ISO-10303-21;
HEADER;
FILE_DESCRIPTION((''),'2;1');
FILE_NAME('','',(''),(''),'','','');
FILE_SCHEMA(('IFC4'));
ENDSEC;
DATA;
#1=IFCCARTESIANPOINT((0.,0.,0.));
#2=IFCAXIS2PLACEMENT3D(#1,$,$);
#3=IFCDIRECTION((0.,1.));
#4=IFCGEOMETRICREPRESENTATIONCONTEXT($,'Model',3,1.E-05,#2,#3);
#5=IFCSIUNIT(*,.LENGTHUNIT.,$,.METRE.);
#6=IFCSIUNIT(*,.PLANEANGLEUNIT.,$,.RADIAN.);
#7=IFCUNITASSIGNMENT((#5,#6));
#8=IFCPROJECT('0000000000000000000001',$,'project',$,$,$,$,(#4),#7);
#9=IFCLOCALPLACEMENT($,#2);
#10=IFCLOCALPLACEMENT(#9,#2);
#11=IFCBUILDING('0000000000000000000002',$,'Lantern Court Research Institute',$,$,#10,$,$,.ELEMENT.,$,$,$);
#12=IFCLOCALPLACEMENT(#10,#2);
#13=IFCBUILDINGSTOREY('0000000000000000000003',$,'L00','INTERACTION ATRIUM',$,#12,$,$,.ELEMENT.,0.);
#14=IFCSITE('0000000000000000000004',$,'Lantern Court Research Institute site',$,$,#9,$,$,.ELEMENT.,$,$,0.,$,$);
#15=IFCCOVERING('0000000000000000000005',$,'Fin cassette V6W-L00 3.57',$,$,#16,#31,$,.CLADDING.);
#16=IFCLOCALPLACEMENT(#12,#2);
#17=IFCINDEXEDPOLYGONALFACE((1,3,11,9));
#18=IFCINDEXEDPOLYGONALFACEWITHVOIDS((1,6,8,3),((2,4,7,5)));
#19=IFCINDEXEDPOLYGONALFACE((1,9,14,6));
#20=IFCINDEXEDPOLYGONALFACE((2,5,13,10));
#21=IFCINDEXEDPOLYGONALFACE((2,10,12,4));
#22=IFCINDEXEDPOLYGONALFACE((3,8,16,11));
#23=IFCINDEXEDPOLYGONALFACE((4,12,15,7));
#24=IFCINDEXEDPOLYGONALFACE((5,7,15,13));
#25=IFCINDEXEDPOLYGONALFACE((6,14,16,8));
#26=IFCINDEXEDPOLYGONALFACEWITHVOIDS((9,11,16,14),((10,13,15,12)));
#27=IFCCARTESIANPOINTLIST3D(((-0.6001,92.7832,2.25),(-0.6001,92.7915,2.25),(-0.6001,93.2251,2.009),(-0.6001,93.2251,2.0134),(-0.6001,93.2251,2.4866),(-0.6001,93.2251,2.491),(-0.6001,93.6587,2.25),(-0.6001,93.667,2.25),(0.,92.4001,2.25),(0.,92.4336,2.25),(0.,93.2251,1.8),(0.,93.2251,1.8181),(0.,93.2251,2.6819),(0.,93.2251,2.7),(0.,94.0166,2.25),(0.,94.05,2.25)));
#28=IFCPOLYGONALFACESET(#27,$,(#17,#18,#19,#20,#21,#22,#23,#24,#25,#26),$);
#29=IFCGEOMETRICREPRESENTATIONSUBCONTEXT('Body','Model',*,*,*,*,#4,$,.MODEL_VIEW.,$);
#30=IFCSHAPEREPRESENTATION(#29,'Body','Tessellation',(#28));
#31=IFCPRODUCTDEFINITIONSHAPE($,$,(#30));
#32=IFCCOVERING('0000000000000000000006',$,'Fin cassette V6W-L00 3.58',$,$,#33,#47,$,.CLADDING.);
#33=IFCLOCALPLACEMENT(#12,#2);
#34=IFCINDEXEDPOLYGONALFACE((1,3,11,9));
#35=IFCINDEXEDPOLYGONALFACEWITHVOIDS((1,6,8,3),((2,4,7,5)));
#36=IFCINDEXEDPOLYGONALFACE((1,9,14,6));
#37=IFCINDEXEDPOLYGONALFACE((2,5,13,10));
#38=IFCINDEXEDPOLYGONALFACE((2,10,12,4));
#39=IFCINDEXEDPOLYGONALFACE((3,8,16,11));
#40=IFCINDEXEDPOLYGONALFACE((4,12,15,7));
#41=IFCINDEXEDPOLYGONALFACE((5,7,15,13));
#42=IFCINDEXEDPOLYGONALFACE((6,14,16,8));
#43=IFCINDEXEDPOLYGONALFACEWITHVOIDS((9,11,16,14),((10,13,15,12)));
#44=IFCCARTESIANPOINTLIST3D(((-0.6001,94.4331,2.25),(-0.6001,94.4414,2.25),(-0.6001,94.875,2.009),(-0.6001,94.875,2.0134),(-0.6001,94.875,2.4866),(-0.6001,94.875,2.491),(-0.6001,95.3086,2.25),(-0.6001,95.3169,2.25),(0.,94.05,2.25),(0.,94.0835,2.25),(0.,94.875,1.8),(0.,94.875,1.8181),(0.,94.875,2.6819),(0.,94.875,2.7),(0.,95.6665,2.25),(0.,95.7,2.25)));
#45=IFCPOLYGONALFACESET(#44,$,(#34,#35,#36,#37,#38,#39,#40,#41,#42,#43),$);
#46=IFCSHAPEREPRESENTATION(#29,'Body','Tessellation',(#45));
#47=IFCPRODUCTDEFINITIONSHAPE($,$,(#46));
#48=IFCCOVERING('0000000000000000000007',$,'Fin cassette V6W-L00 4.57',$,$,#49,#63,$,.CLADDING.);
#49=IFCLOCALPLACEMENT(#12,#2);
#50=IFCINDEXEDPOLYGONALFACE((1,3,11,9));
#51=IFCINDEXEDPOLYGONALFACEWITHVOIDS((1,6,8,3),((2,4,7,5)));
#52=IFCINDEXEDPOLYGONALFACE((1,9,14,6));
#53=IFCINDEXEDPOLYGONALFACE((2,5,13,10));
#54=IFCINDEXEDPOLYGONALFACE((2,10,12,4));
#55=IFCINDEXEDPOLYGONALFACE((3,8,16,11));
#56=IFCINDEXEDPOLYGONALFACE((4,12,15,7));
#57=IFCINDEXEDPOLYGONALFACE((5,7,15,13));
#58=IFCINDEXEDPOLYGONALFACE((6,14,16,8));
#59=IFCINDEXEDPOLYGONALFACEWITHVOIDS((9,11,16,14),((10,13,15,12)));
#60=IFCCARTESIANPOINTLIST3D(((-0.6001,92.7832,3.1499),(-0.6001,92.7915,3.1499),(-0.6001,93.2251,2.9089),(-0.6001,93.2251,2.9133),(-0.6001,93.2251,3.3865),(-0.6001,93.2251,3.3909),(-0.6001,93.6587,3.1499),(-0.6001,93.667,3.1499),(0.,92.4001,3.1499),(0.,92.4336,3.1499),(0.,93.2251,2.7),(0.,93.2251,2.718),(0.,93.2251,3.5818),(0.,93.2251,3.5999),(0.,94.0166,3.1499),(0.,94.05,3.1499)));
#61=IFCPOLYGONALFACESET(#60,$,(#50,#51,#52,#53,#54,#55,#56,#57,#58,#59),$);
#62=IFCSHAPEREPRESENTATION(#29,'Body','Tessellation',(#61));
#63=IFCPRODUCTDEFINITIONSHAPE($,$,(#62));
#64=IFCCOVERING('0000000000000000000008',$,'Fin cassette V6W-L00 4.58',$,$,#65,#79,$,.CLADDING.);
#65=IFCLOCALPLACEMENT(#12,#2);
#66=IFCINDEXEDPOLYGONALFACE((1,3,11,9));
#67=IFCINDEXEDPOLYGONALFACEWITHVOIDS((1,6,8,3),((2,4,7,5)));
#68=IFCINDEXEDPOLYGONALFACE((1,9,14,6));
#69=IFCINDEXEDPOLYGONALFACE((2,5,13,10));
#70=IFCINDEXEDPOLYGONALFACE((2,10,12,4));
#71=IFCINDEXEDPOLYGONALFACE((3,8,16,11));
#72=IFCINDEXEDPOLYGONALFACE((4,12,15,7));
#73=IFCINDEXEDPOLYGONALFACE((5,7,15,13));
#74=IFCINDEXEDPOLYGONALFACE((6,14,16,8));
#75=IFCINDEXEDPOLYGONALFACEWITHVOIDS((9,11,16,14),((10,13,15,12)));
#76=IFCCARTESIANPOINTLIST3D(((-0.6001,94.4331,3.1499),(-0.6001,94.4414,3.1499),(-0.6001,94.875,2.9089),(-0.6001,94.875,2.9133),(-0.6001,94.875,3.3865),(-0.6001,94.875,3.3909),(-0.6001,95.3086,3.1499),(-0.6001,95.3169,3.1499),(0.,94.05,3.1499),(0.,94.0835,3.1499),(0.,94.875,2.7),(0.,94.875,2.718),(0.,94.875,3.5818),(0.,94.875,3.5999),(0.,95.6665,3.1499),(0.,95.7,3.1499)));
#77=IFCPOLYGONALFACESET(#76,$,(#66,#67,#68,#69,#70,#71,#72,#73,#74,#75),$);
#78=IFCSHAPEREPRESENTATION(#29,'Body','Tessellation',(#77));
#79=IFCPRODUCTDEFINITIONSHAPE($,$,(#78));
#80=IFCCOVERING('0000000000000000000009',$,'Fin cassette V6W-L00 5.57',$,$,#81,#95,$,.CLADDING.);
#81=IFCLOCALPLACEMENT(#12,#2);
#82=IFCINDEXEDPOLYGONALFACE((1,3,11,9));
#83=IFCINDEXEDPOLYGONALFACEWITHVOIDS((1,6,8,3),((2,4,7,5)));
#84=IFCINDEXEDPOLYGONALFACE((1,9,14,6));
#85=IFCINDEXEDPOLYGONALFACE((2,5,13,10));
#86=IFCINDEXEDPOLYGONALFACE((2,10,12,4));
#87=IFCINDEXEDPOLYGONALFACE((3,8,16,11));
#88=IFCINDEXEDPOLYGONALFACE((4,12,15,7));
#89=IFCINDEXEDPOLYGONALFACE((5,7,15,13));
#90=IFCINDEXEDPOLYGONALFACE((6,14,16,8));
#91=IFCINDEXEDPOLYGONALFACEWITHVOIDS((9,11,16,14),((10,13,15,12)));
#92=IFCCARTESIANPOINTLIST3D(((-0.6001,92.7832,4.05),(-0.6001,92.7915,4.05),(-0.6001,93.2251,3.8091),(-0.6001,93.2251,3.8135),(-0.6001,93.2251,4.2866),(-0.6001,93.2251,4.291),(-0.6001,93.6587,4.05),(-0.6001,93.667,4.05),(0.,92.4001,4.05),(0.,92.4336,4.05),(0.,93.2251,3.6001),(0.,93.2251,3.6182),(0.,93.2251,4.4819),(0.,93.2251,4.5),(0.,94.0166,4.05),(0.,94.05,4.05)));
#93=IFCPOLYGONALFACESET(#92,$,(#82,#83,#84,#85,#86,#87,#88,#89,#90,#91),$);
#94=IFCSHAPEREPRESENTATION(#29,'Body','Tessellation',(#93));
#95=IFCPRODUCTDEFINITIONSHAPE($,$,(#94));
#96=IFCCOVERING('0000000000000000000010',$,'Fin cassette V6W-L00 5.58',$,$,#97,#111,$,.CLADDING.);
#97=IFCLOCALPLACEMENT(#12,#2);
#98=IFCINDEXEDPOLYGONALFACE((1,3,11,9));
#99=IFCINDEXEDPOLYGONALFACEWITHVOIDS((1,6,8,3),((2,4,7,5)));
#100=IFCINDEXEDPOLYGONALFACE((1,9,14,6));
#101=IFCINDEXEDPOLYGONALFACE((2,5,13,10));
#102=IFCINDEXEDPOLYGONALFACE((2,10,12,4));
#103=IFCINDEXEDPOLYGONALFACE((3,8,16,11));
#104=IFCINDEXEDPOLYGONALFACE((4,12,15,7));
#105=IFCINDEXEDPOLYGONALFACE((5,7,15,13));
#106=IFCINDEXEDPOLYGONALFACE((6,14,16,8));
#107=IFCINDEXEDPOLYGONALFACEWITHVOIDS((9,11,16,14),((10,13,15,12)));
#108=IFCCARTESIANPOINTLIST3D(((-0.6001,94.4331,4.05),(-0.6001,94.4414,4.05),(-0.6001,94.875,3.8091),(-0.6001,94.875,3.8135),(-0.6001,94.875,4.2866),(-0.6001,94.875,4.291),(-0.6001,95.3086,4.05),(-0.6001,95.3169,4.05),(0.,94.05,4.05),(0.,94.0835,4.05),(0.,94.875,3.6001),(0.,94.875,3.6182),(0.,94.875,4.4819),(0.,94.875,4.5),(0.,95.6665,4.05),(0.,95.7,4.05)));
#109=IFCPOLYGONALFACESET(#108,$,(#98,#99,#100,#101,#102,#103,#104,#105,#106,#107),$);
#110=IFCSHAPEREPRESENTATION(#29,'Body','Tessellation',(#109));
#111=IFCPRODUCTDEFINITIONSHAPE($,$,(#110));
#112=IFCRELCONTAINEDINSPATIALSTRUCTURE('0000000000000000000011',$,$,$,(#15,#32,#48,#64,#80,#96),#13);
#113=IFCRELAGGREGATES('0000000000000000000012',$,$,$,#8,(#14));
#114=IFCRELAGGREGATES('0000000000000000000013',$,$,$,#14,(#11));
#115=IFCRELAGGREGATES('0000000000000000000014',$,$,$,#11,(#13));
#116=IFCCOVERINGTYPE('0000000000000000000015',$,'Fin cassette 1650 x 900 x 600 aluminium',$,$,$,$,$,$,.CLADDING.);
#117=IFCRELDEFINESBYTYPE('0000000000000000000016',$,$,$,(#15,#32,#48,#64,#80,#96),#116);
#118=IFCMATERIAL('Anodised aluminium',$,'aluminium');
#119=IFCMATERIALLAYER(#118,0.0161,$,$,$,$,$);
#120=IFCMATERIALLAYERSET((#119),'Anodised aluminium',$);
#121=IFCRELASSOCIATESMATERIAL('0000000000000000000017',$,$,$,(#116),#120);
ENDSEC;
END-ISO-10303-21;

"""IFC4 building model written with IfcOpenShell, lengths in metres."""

from ifc_helpers import new_model, entity, si_unit, direction, frame, origin, place, context, subcontext, project, spatial, material, layer, layer_set, type_object, element, save


model = new_model("IFC4")

# Units and contexts
model_context = context("Model", 3, precision=1e-05, world=origin(), true_north=direction((0.0, 1.0)))
body_context = subcontext(model_context, "Body", "Model", "MODEL_VIEW")
ifc_project = project(units=[si_unit("LENGTHUNIT", "METRE"), si_unit("PLANEANGLEUNIT", "RADIAN")], contexts=[model_context])

# Site, building, storey
site_placement = place(None, origin())
site = spatial("IfcSite", under=ifc_project, at=site_placement, Name="Lantern Court Research Institute site", CompositionType="ELEMENT", RefElevation=0.0)
building_placement = place(site_placement, origin())
building = spatial("IfcBuilding", under=site, at=building_placement, Name="Lantern Court Research Institute", CompositionType="ELEMENT")
storey_placement = place(building_placement, origin())
storey = spatial("IfcBuildingStorey", under=building, at=storey_placement, Name="L00", Description="INTERACTION ATRIUM", CompositionType="ELEMENT", Elevation=0.0)

# Coverings
ifc_material_1 = material(Name="Anodised aluminium", Category="aluminium")
ifc_layer_1 = layer(ifc_material_1, 0.0161)
ifc_layer_set_1 = layer_set([ifc_layer_1], Name="Anodised aluminium")
covering_type = type_object("IfcCoveringType", Name="Fin cassette 1650 x 900 x 600 aluminium", PredefinedType="CLADDING", material=ifc_layer_set_1)
covering_1_placement = place(storey_placement, frame((0.0, 93.2251, 2.25), z_axis=(-1.0, 0.0, 0.0), x_axis=(0.0, -1.0, 0.0)))
cartesian_point_1 = entity("IfcCartesianPoint", [0.825, 0.0])
cartesian_point_2 = entity("IfcCartesianPoint", [0.7915, 0.0])
cartesian_point_3 = entity("IfcCartesianPoint", [0.4419, 0.0])
cartesian_point_4 = entity("IfcCartesianPoint", [0.4336, 0.0])
element("IfcCovering", 1, at=covering_1_placement, inside=storey, type_object=covering_type, Name="Fin cassette V6W-L00 3.57", PredefinedType="CLADDING", context=body_context, shape_type="SweptSolid", body=[
    entity("IfcExtrudedAreaSolidTapered", entity("IfcArbitraryProfileDefWithVoids", "AREA", None, entity("IfcPolyline", [cartesian_point_1, entity("IfcCartesianPoint", [0.0, 0.45]), entity("IfcCartesianPoint", [-0.825, 0.0]), entity("IfcCartesianPoint", [0.0, -0.45]), cartesian_point_1]), [entity("IfcPolyline", [cartesian_point_2, entity("IfcCartesianPoint", [0.0, 0.4319]), entity("IfcCartesianPoint", [-0.7915, 0.0]), entity("IfcCartesianPoint", [0.0, -0.4319]), cartesian_point_2])]), entity("IfcAxis2Placement3D", entity("IfcCartesianPoint", [0.0, 0.0, 0.0])), entity("IfcDirection", [0.0, 0.0, 1.0]), 0.6001, entity("IfcArbitraryProfileDefWithVoids", "AREA", None, entity("IfcPolyline", [cartesian_point_3, entity("IfcCartesianPoint", [0.0, 0.241]), entity("IfcCartesianPoint", [-0.4419, 0.0]), entity("IfcCartesianPoint", [0.0, -0.241]), cartesian_point_3]), [entity("IfcPolyline", [cartesian_point_4, entity("IfcCartesianPoint", [0.0, 0.2366]), entity("IfcCartesianPoint", [-0.4336, 0.0]), entity("IfcCartesianPoint", [0.0, -0.2366]), cartesian_point_4])])),
])
covering_2_placement = place(storey_placement, frame((0.0, 94.875, 2.25), z_axis=(-1.0, 0.0, 0.0), x_axis=(0.0, -1.0, 0.0)))
cartesian_point_5 = entity("IfcCartesianPoint", [0.825, 0.0])
cartesian_point_6 = entity("IfcCartesianPoint", [0.7915, 0.0])
cartesian_point_7 = entity("IfcCartesianPoint", [0.4419, 0.0])
cartesian_point_8 = entity("IfcCartesianPoint", [0.4336, 0.0])
element("IfcCovering", 2, at=covering_2_placement, inside=storey, type_object=covering_type, Name="Fin cassette V6W-L00 3.58", PredefinedType="CLADDING", context=body_context, shape_type="SweptSolid", body=[
    entity("IfcExtrudedAreaSolidTapered", entity("IfcArbitraryProfileDefWithVoids", "AREA", None, entity("IfcPolyline", [cartesian_point_5, entity("IfcCartesianPoint", [0.0, 0.45]), entity("IfcCartesianPoint", [-0.825, 0.0]), entity("IfcCartesianPoint", [0.0, -0.45]), cartesian_point_5]), [entity("IfcPolyline", [cartesian_point_6, entity("IfcCartesianPoint", [0.0, 0.4319]), entity("IfcCartesianPoint", [-0.7915, 0.0]), entity("IfcCartesianPoint", [0.0, -0.4319]), cartesian_point_6])]), entity("IfcAxis2Placement3D", entity("IfcCartesianPoint", [0.0, 0.0, 0.0])), entity("IfcDirection", [0.0, 0.0, 1.0]), 0.6001, entity("IfcArbitraryProfileDefWithVoids", "AREA", None, entity("IfcPolyline", [cartesian_point_7, entity("IfcCartesianPoint", [0.0, 0.241]), entity("IfcCartesianPoint", [-0.4419, 0.0]), entity("IfcCartesianPoint", [0.0, -0.241]), cartesian_point_7]), [entity("IfcPolyline", [cartesian_point_8, entity("IfcCartesianPoint", [0.0, 0.2366]), entity("IfcCartesianPoint", [-0.4336, 0.0]), entity("IfcCartesianPoint", [0.0, -0.2366]), cartesian_point_8])])),
])
covering_3_placement = place(storey_placement, frame((0.0, 93.2251, 3.1499), z_axis=(-1.0, 0.0, 0.0), x_axis=(0.0, -1.0, 0.0)))
cartesian_point_9 = entity("IfcCartesianPoint", [0.825, 0.0])
cartesian_point_10 = entity("IfcCartesianPoint", [0.7915, 0.0])
cartesian_point_11 = entity("IfcCartesianPoint", [0.4419, 0.0])
cartesian_point_12 = entity("IfcCartesianPoint", [0.4336, 0.0])
element("IfcCovering", 3, at=covering_3_placement, inside=storey, type_object=covering_type, Name="Fin cassette V6W-L00 4.57", PredefinedType="CLADDING", context=body_context, shape_type="SweptSolid", body=[
    entity("IfcExtrudedAreaSolidTapered", entity("IfcArbitraryProfileDefWithVoids", "AREA", None, entity("IfcPolyline", [cartesian_point_9, entity("IfcCartesianPoint", [0.0, 0.45]), entity("IfcCartesianPoint", [-0.825, 0.0]), entity("IfcCartesianPoint", [0.0, -0.45]), cartesian_point_9]), [entity("IfcPolyline", [cartesian_point_10, entity("IfcCartesianPoint", [0.0, 0.4319]), entity("IfcCartesianPoint", [-0.7915, 0.0]), entity("IfcCartesianPoint", [0.0, -0.4319]), cartesian_point_10])]), entity("IfcAxis2Placement3D", entity("IfcCartesianPoint", [0.0, 0.0, 0.0])), entity("IfcDirection", [0.0, 0.0, 1.0]), 0.6001, entity("IfcArbitraryProfileDefWithVoids", "AREA", None, entity("IfcPolyline", [cartesian_point_11, entity("IfcCartesianPoint", [0.0, 0.241]), entity("IfcCartesianPoint", [-0.4419, 0.0]), entity("IfcCartesianPoint", [0.0, -0.241]), cartesian_point_11]), [entity("IfcPolyline", [cartesian_point_12, entity("IfcCartesianPoint", [0.0, 0.2366]), entity("IfcCartesianPoint", [-0.4336, 0.0]), entity("IfcCartesianPoint", [0.0, -0.2366]), cartesian_point_12])])),
])
covering_4_placement = place(storey_placement, frame((0.0, 94.875, 3.1499), z_axis=(-1.0, 0.0, 0.0), x_axis=(0.0, -1.0, 0.0)))
cartesian_point_13 = entity("IfcCartesianPoint", [0.825, 0.0])
cartesian_point_14 = entity("IfcCartesianPoint", [0.7915, 0.0])
cartesian_point_15 = entity("IfcCartesianPoint", [0.4419, 0.0])
cartesian_point_16 = entity("IfcCartesianPoint", [0.4336, 0.0])
element("IfcCovering", 4, at=covering_4_placement, inside=storey, type_object=covering_type, Name="Fin cassette V6W-L00 4.58", PredefinedType="CLADDING", context=body_context, shape_type="SweptSolid", body=[
    entity("IfcExtrudedAreaSolidTapered", entity("IfcArbitraryProfileDefWithVoids", "AREA", None, entity("IfcPolyline", [cartesian_point_13, entity("IfcCartesianPoint", [0.0, 0.45]), entity("IfcCartesianPoint", [-0.825, 0.0]), entity("IfcCartesianPoint", [0.0, -0.45]), cartesian_point_13]), [entity("IfcPolyline", [cartesian_point_14, entity("IfcCartesianPoint", [0.0, 0.4319]), entity("IfcCartesianPoint", [-0.7915, 0.0]), entity("IfcCartesianPoint", [0.0, -0.4319]), cartesian_point_14])]), entity("IfcAxis2Placement3D", entity("IfcCartesianPoint", [0.0, 0.0, 0.0])), entity("IfcDirection", [0.0, 0.0, 1.0]), 0.6001, entity("IfcArbitraryProfileDefWithVoids", "AREA", None, entity("IfcPolyline", [cartesian_point_15, entity("IfcCartesianPoint", [0.0, 0.241]), entity("IfcCartesianPoint", [-0.4419, 0.0]), entity("IfcCartesianPoint", [0.0, -0.241]), cartesian_point_15]), [entity("IfcPolyline", [cartesian_point_16, entity("IfcCartesianPoint", [0.0, 0.2366]), entity("IfcCartesianPoint", [-0.4336, 0.0]), entity("IfcCartesianPoint", [0.0, -0.2366]), cartesian_point_16])])),
])
covering_5_placement = place(storey_placement, frame((0.0, 93.2251, 4.05), z_axis=(-1.0, 0.0, 0.0), x_axis=(0.0, -1.0, 0.0)))
cartesian_point_17 = entity("IfcCartesianPoint", [0.825, 0.0])
cartesian_point_18 = entity("IfcCartesianPoint", [0.7915, 0.0])
cartesian_point_19 = entity("IfcCartesianPoint", [0.4419, 0.0])
cartesian_point_20 = entity("IfcCartesianPoint", [0.4336, 0.0])
element("IfcCovering", 5, at=covering_5_placement, inside=storey, type_object=covering_type, Name="Fin cassette V6W-L00 5.57", PredefinedType="CLADDING", context=body_context, shape_type="SweptSolid", body=[
    entity("IfcExtrudedAreaSolidTapered", entity("IfcArbitraryProfileDefWithVoids", "AREA", None, entity("IfcPolyline", [cartesian_point_17, entity("IfcCartesianPoint", [0.0, 0.45]), entity("IfcCartesianPoint", [-0.825, 0.0]), entity("IfcCartesianPoint", [0.0, -0.45]), cartesian_point_17]), [entity("IfcPolyline", [cartesian_point_18, entity("IfcCartesianPoint", [0.0, 0.4319]), entity("IfcCartesianPoint", [-0.7915, 0.0]), entity("IfcCartesianPoint", [0.0, -0.4319]), cartesian_point_18])]), entity("IfcAxis2Placement3D", entity("IfcCartesianPoint", [0.0, 0.0, 0.0])), entity("IfcDirection", [0.0, 0.0, 1.0]), 0.6001, entity("IfcArbitraryProfileDefWithVoids", "AREA", None, entity("IfcPolyline", [cartesian_point_19, entity("IfcCartesianPoint", [0.0, 0.241]), entity("IfcCartesianPoint", [-0.4419, 0.0]), entity("IfcCartesianPoint", [0.0, -0.241]), cartesian_point_19]), [entity("IfcPolyline", [cartesian_point_20, entity("IfcCartesianPoint", [0.0, 0.2366]), entity("IfcCartesianPoint", [-0.4336, 0.0]), entity("IfcCartesianPoint", [0.0, -0.2366]), cartesian_point_20])])),
])
covering_6_placement = place(storey_placement, frame((0.0, 94.875, 4.05), z_axis=(-1.0, 0.0, 0.0), x_axis=(0.0, -1.0, 0.0)))
cartesian_point_21 = entity("IfcCartesianPoint", [0.825, 0.0])
cartesian_point_22 = entity("IfcCartesianPoint", [0.7915, 0.0])
cartesian_point_23 = entity("IfcCartesianPoint", [0.4419, 0.0])
cartesian_point_24 = entity("IfcCartesianPoint", [0.4336, 0.0])
element("IfcCovering", 6, at=covering_6_placement, inside=storey, type_object=covering_type, Name="Fin cassette V6W-L00 5.58", PredefinedType="CLADDING", context=body_context, shape_type="SweptSolid", body=[
    entity("IfcExtrudedAreaSolidTapered", entity("IfcArbitraryProfileDefWithVoids", "AREA", None, entity("IfcPolyline", [cartesian_point_21, entity("IfcCartesianPoint", [0.0, 0.45]), entity("IfcCartesianPoint", [-0.825, 0.0]), entity("IfcCartesianPoint", [0.0, -0.45]), cartesian_point_21]), [entity("IfcPolyline", [cartesian_point_22, entity("IfcCartesianPoint", [0.0, 0.4319]), entity("IfcCartesianPoint", [-0.7915, 0.0]), entity("IfcCartesianPoint", [0.0, -0.4319]), cartesian_point_22])]), entity("IfcAxis2Placement3D", entity("IfcCartesianPoint", [0.0, 0.0, 0.0])), entity("IfcDirection", [0.0, 0.0, 1.0]), 0.6001, entity("IfcArbitraryProfileDefWithVoids", "AREA", None, entity("IfcPolyline", [cartesian_point_23, entity("IfcCartesianPoint", [0.0, 0.241]), entity("IfcCartesianPoint", [-0.4419, 0.0]), entity("IfcCartesianPoint", [0.0, -0.241]), cartesian_point_23]), [entity("IfcPolyline", [cartesian_point_24, entity("IfcCartesianPoint", [0.0, 0.2366]), entity("IfcCartesianPoint", [-0.4336, 0.0]), entity("IfcCartesianPoint", [0.0, -0.2366]), cartesian_point_24])])),
])

save(model, "model.ifc")
